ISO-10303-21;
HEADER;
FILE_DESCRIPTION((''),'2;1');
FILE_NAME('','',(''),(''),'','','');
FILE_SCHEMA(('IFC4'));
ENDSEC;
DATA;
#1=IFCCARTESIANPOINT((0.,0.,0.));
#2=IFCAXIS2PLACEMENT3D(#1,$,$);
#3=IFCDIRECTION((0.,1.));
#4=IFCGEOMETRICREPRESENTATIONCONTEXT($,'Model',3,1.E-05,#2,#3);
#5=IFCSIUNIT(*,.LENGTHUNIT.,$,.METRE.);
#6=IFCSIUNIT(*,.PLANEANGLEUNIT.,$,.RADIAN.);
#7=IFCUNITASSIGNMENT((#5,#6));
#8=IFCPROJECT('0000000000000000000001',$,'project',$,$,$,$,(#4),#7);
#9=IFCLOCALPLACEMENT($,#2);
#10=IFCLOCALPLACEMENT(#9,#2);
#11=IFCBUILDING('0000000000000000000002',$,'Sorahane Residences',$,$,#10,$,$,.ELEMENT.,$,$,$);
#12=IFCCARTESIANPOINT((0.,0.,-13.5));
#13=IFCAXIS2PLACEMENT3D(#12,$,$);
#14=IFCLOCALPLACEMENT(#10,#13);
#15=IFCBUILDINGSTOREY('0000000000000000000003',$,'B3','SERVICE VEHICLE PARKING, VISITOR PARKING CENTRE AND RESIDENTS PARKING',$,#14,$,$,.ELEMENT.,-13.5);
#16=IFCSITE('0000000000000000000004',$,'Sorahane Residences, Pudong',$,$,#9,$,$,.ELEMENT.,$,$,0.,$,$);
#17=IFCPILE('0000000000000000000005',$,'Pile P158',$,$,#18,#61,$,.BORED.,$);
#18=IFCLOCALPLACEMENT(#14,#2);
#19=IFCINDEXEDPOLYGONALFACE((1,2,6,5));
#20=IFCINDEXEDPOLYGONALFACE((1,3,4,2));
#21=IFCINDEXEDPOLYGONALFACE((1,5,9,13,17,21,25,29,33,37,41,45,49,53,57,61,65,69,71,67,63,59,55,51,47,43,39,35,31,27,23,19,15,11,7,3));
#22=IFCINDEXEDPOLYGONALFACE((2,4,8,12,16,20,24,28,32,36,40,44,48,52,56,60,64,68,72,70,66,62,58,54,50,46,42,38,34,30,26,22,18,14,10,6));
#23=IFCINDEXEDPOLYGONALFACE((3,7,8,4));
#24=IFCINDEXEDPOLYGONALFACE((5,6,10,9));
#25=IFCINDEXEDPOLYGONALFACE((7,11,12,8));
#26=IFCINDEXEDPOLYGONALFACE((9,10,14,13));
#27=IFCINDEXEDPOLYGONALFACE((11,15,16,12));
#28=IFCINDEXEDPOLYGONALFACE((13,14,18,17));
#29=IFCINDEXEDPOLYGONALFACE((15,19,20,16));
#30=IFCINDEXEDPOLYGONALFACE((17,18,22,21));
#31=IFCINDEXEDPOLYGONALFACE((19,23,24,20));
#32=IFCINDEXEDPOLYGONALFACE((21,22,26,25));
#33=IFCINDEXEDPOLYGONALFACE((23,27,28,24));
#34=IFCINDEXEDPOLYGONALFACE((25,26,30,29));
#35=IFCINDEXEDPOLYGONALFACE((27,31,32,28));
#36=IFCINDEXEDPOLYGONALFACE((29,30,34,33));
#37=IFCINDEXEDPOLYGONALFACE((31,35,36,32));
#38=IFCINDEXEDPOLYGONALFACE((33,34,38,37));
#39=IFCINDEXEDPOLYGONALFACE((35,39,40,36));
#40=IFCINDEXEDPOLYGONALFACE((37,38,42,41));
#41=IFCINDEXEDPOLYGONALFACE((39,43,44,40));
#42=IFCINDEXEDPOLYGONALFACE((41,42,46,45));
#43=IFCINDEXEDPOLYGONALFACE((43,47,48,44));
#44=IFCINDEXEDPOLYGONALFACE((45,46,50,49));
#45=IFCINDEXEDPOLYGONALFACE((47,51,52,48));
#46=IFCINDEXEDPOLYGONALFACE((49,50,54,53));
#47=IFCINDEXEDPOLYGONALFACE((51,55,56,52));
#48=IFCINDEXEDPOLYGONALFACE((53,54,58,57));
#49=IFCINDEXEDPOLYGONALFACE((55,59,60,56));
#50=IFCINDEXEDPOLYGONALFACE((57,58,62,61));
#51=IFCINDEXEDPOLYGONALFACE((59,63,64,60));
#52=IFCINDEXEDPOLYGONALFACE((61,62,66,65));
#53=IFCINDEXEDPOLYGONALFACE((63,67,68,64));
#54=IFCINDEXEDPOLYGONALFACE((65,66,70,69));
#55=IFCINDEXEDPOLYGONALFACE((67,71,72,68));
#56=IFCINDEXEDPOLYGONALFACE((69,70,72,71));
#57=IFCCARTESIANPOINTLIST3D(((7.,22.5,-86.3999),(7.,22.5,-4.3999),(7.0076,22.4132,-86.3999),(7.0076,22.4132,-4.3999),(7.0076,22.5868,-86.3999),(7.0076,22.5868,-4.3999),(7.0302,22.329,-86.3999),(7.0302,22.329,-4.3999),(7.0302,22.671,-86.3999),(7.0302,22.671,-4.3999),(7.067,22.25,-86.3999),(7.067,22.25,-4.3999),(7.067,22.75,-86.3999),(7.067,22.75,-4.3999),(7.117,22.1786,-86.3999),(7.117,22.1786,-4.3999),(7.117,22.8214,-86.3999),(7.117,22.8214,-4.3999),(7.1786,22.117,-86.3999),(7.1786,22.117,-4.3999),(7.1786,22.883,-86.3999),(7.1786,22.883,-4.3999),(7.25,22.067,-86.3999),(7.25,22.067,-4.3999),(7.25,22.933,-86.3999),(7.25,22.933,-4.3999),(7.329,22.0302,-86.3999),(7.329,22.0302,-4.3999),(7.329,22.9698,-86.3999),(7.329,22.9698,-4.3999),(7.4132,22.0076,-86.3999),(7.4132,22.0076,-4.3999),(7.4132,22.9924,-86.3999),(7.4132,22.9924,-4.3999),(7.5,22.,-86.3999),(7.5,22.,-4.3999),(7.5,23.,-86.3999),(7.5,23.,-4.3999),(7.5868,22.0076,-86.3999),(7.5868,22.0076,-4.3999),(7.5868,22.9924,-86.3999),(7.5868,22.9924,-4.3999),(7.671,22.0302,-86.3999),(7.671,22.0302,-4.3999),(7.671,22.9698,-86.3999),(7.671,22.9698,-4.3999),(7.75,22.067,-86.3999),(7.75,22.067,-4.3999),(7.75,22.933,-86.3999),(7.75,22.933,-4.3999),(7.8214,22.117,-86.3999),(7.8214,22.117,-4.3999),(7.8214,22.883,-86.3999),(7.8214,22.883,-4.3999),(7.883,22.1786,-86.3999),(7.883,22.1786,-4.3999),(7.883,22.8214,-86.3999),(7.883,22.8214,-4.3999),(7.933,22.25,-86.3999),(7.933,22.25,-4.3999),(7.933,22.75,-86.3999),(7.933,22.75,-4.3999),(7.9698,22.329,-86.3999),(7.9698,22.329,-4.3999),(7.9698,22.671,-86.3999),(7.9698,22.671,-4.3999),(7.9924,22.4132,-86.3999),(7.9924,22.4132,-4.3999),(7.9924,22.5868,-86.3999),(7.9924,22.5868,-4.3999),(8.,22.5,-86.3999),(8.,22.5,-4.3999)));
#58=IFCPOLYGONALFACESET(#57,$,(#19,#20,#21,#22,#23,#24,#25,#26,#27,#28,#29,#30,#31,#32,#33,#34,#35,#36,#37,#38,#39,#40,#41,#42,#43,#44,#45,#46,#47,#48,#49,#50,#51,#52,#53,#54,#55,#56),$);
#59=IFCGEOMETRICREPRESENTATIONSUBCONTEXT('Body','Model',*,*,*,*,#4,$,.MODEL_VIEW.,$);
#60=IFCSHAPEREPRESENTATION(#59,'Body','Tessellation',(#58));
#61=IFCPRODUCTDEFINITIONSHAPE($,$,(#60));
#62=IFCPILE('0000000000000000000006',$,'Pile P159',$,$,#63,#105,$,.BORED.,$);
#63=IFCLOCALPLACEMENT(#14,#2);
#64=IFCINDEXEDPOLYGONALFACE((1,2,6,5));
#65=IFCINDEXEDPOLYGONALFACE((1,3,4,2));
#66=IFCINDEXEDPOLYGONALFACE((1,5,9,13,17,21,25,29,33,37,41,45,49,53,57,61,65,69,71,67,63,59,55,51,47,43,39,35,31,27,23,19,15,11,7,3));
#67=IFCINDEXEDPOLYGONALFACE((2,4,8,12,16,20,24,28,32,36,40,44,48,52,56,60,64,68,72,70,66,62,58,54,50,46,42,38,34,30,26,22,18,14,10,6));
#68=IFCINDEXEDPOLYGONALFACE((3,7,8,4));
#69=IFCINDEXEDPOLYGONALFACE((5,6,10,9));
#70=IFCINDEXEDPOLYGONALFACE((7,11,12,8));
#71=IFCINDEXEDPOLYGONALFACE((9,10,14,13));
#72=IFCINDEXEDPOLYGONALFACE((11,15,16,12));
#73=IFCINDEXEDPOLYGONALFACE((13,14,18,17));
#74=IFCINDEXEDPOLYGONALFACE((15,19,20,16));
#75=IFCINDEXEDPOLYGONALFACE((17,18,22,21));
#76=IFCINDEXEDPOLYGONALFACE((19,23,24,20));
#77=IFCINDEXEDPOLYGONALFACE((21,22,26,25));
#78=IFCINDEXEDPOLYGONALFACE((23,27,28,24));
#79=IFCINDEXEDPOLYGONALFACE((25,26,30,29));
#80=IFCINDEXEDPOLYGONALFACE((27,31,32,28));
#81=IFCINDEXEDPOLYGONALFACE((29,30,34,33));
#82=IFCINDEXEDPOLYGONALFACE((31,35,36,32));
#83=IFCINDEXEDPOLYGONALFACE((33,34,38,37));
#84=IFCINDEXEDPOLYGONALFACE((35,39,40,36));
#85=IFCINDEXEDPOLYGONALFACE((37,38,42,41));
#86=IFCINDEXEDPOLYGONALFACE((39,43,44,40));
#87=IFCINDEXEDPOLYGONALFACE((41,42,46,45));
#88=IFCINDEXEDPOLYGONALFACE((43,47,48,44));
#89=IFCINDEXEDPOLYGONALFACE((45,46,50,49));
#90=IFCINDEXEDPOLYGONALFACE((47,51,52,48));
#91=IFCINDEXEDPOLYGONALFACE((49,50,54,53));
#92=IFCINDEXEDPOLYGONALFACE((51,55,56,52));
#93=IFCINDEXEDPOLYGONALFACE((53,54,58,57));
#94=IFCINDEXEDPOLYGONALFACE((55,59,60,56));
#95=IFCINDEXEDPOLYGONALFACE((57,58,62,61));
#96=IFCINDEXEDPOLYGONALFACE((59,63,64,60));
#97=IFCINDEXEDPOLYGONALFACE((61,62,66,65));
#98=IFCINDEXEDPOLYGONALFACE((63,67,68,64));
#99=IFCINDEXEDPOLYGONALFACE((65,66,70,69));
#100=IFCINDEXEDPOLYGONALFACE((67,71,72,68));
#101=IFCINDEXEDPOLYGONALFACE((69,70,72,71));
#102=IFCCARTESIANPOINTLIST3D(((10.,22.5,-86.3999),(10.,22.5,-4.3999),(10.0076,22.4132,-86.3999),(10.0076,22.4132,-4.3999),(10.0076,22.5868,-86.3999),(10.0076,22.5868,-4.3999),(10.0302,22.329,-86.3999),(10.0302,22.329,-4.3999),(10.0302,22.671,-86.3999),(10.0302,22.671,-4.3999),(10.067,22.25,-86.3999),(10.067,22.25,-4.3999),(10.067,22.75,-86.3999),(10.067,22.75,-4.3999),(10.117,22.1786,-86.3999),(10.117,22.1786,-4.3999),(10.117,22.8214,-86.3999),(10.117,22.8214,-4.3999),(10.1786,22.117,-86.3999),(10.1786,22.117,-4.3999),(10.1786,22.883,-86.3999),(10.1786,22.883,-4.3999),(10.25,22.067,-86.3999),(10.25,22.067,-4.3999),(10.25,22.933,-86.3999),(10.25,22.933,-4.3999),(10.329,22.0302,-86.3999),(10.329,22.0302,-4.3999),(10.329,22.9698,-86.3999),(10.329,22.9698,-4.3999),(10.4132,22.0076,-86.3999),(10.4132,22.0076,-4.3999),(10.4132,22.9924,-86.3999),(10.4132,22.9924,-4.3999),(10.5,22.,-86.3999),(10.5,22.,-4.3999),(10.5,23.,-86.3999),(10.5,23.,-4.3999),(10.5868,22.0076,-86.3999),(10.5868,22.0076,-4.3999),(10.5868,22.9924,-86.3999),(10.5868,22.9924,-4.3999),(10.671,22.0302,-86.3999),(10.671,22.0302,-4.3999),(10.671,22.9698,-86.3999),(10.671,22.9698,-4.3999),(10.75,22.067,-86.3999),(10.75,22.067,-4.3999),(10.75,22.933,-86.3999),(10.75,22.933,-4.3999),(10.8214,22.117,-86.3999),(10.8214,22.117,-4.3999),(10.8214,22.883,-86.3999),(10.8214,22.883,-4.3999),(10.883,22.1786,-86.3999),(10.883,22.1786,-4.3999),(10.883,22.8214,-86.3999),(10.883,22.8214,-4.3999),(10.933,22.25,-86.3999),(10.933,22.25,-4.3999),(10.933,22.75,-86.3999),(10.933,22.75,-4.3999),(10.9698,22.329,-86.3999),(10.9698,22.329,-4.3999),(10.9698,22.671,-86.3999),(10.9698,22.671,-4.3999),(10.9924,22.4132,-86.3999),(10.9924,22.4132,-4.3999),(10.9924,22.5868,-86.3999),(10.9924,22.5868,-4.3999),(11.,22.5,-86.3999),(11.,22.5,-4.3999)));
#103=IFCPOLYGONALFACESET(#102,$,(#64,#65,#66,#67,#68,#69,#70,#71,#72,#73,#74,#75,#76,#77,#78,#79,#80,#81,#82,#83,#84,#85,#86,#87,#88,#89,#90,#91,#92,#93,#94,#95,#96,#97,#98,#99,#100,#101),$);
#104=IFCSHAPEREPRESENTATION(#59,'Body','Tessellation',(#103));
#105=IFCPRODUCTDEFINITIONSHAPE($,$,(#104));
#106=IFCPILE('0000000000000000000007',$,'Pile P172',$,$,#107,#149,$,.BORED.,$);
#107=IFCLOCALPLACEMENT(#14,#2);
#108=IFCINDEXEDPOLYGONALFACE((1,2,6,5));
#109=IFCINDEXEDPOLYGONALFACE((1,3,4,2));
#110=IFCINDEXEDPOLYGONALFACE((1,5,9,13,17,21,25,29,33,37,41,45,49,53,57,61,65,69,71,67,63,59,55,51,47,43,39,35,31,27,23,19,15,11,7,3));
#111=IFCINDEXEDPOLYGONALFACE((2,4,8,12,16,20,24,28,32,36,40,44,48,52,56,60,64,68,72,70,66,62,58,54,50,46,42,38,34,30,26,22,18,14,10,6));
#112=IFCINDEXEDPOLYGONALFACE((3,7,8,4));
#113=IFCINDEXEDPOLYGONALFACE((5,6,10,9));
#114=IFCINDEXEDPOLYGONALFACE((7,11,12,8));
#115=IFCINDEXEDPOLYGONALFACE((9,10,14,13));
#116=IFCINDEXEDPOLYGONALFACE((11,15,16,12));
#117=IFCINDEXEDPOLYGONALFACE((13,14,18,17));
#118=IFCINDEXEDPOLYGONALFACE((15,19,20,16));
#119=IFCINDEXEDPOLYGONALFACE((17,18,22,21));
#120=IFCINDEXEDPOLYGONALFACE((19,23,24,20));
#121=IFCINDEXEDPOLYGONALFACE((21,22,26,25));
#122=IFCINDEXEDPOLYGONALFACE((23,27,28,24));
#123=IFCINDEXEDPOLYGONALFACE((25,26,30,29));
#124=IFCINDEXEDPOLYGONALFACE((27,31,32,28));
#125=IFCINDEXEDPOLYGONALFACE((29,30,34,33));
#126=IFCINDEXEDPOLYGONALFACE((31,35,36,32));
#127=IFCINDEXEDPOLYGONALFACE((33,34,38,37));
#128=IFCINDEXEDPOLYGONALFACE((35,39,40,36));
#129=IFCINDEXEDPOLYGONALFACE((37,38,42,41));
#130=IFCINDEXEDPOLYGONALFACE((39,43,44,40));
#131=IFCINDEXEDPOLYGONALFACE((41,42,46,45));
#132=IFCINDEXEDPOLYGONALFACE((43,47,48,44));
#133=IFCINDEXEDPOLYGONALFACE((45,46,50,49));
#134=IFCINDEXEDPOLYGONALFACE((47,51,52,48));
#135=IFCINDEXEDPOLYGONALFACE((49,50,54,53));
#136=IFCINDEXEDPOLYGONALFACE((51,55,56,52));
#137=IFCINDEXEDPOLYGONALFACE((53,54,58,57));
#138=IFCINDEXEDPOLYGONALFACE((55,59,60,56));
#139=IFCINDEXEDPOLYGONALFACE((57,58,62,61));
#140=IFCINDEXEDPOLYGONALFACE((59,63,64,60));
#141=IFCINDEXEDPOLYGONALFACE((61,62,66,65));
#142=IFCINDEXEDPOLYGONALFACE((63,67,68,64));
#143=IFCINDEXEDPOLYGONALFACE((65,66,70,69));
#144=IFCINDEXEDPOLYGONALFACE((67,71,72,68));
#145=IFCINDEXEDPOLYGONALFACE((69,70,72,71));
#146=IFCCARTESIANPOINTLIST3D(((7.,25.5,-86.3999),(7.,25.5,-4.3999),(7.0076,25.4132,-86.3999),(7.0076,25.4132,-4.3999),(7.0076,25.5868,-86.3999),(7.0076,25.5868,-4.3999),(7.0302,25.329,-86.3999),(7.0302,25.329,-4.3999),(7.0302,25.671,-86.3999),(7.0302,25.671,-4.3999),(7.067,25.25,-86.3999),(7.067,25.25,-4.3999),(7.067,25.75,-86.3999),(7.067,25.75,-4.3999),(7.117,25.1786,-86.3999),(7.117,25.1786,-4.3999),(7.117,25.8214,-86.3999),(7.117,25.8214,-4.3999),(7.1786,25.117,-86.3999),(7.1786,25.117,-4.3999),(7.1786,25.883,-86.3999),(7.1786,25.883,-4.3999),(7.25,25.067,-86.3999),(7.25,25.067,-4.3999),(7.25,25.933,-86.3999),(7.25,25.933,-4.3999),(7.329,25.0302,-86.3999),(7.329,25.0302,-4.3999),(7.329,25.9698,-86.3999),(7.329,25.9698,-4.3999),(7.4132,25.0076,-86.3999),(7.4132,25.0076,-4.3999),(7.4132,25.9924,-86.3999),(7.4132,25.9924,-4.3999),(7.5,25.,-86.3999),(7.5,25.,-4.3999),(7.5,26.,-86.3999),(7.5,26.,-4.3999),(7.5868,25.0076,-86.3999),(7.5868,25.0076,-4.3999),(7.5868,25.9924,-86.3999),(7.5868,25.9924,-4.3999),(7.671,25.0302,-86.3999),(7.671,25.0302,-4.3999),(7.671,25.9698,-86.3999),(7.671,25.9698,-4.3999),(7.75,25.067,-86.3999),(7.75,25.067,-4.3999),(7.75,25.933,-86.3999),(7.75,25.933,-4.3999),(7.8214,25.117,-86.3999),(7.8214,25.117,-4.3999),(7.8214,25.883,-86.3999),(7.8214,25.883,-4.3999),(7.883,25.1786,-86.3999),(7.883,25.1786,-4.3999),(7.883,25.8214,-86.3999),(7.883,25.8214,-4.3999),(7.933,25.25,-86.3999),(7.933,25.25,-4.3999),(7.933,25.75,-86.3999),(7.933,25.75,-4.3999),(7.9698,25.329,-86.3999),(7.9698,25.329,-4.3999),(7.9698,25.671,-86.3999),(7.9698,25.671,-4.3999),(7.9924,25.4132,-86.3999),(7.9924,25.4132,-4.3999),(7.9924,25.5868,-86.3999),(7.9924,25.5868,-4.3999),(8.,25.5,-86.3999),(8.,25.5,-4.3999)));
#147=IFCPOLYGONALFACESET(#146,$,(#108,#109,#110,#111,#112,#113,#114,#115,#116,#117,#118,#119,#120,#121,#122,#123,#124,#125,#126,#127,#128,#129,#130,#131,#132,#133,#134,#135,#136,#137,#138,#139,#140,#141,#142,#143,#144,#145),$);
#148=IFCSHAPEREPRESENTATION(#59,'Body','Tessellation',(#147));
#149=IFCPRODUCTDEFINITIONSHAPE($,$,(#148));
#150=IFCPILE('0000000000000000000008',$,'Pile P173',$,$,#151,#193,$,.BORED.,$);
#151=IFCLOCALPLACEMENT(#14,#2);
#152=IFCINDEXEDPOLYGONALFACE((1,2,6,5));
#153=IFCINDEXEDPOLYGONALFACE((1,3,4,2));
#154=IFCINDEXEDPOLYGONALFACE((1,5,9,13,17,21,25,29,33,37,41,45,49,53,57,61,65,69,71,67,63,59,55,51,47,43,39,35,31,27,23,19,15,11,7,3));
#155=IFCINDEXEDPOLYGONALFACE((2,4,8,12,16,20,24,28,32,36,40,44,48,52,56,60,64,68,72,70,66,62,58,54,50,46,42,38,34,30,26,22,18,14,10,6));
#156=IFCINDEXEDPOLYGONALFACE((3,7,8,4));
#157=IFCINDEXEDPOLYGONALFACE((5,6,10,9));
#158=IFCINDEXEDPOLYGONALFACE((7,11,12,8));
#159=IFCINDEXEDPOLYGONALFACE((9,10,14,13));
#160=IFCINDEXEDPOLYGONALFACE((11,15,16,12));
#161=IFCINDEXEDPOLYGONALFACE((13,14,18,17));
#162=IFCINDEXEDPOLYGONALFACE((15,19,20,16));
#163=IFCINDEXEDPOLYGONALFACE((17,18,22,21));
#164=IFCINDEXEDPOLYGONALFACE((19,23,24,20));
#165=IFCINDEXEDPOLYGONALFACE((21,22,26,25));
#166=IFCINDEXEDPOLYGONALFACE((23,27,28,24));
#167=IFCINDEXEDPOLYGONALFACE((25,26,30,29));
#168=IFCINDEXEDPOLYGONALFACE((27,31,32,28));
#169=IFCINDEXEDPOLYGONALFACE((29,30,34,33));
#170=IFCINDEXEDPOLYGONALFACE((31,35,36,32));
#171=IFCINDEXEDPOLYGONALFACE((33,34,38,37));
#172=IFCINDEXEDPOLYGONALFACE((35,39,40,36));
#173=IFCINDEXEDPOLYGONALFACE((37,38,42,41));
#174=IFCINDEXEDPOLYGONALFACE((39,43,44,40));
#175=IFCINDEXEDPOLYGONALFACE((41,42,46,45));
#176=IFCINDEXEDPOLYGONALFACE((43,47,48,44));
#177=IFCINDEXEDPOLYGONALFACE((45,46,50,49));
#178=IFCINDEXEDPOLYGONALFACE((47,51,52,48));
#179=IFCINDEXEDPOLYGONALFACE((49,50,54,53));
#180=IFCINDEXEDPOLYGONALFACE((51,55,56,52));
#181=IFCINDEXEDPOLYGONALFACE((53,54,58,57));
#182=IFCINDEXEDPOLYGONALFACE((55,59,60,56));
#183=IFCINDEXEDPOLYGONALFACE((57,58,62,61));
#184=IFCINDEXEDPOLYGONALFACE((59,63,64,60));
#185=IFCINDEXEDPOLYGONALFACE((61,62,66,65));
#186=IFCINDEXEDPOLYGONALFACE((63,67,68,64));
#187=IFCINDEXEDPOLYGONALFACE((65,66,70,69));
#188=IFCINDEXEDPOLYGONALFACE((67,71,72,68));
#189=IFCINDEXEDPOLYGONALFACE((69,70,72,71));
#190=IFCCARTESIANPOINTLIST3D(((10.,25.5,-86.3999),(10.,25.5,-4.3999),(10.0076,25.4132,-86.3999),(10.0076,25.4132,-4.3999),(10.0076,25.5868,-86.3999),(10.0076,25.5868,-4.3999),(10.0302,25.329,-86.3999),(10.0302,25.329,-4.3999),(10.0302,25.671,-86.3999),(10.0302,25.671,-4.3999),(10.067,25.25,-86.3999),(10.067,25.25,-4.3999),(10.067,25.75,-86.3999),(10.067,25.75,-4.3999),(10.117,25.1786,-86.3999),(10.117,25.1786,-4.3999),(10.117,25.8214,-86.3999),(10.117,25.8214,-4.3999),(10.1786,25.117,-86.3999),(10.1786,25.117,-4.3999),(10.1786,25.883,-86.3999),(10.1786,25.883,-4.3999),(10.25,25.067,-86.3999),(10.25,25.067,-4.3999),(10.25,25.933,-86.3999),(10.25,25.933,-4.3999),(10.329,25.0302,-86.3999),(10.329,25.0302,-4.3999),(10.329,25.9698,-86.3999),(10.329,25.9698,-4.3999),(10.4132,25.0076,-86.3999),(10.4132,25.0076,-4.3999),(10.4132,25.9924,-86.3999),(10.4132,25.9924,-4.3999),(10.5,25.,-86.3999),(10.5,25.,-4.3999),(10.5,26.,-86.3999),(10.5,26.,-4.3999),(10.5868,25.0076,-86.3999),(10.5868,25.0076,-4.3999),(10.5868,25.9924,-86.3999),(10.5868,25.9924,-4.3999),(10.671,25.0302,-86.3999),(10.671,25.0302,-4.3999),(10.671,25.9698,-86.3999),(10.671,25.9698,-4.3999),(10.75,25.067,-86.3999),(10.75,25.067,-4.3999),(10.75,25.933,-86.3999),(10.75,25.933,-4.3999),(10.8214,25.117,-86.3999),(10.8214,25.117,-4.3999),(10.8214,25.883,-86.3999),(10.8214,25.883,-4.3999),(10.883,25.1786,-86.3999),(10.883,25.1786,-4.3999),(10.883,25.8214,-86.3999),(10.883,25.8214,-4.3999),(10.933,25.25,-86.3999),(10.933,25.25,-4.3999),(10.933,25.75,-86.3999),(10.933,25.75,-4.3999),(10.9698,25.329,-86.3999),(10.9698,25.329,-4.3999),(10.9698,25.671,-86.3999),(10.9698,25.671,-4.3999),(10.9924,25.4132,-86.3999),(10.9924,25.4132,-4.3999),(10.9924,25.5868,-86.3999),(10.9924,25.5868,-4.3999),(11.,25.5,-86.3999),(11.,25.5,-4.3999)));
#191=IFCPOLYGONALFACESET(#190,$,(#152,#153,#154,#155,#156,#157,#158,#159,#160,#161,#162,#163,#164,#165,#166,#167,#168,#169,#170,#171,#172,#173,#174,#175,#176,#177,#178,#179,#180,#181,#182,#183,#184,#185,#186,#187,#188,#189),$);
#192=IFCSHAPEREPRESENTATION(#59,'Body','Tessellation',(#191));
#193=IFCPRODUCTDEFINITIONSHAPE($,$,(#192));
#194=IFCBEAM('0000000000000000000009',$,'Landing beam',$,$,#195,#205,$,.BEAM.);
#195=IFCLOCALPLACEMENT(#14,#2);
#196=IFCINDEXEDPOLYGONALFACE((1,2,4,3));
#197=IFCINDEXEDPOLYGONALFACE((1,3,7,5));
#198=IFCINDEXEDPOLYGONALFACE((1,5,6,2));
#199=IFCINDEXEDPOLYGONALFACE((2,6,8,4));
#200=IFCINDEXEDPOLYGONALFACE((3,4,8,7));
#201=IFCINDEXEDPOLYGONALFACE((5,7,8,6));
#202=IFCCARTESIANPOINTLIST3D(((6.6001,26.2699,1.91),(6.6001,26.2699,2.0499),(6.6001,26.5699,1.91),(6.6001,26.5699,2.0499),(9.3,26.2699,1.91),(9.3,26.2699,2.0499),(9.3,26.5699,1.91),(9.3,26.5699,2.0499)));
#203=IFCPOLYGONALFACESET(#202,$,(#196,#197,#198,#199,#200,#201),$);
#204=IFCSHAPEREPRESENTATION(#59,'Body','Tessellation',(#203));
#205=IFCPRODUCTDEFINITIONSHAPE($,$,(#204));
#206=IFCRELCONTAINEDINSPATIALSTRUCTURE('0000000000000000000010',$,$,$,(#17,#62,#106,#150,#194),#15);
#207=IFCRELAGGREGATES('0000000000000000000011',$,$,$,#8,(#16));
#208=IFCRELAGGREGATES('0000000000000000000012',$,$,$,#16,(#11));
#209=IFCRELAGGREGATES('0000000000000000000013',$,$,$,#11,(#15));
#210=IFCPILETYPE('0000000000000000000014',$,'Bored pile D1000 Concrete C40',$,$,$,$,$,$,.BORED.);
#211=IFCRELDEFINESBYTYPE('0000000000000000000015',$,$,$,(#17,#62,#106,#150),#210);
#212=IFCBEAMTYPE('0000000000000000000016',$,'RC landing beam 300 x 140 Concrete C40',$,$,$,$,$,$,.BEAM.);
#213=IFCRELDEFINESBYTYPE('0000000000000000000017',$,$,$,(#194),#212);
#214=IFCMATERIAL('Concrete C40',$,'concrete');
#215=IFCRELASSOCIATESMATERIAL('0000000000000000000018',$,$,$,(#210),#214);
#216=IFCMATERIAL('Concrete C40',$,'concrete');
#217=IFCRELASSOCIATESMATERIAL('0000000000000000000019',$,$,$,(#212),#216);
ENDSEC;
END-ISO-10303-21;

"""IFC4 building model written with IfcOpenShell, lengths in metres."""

from ifc_helpers import new_model, si_unit, direction, frame, origin, origin_2d, place, context, subcontext, project, spatial, rectangle, circle, extrude, material, material_profile, profile_set, type_object, element, save


model = new_model("IFC4")

# Units and contexts
model_context = context("Model", 3, precision=1e-05, world=origin(), true_north=direction((0.0, 1.0)))
body_context = subcontext(model_context, "Body", "Model", "MODEL_VIEW")
ifc_project = project(units=[si_unit("LENGTHUNIT", "METRE"), si_unit("PLANEANGLEUNIT", "RADIAN")], contexts=[model_context])

# Site, building, storey
site_placement = place(None, origin())
site = spatial("IfcSite", under=ifc_project, at=site_placement, Name="Sorahane Residences, Pudong", CompositionType="ELEMENT", RefElevation=0.0)
building_placement = place(site_placement, origin())
building = spatial("IfcBuilding", under=site, at=building_placement, Name="Sorahane Residences", CompositionType="ELEMENT")
storey_placement = place(building_placement, frame((0.0, 0.0, -13.5)))
storey = spatial("IfcBuildingStorey", under=building, at=storey_placement, Name="B3", Description="SERVICE VEHICLE PARKING, VISITOR PARKING CENTRE AND RESIDENTS PARKING", CompositionType="ELEMENT", Elevation=-13.5)

# Piles
ifc_material_1 = material(Name="Concrete C40", Category="concrete")
ifc_material_profile_1 = material_profile(ifc_material_1, circle(Radius=0.5, at=origin_2d()), Name="D1000")
ifc_profile_set_1 = profile_set([ifc_material_profile_1], Name="Concrete C40")
pile_type = type_object("IfcPileType", Name="Bored pile D1000 Concrete C40", PredefinedType="BORED", material=ifc_profile_set_1)
for number, where, z_axis, x_axis, name in (
    (1, (7.5, 22.5, -4.3999), (0.0, 0.0, -1.0), (1.0, 0.0, 0.0), "Pile P158"),
    (2, (10.5, 22.5, -4.3999), (0.0, 0.0, -1.0), (1.0, 0.0, 0.0), "Pile P159"),
    (3, (7.5, 25.5, -4.3999), (0.0, 0.0, -1.0), (1.0, 0.0, 0.0), "Pile P172"),
    (4, (10.5, 25.5, -4.3999), (0.0, 0.0, -1.0), (1.0, 0.0, 0.0), "Pile P173"),
):
    element("IfcPile", number, at=place(storey_placement, frame(where, z_axis=z_axis, x_axis=x_axis)), inside=storey, type_object=pile_type, Name=name, PredefinedType="BORED", context=body_context, shape_type="SweptSolid", body=[
        extrude(circle(Radius=0.5, at=origin_2d()), origin(), (0.0, 0.0, 1.0), 82.0),
    ])

# Beam
ifc_material_2 = material(Name="Concrete C40", Category="concrete")
ifc_material_profile_2 = material_profile(ifc_material_2, rectangle(XDim=0.3, YDim=0.1399, at=origin_2d()), Name="300x140")
ifc_profile_set_2 = profile_set([ifc_material_profile_2], Name="Concrete C40")
beam_type = type_object("IfcBeamType", Name="RC landing beam 300 x 140 Concrete C40", PredefinedType="BEAM", material=ifc_profile_set_2)
for number, where, z_axis, x_axis, name in (
    (5, (6.6001, 26.4199, 1.98), (1.0, 0.0, 0.0), (0.0, 1.0, 0.0), "Landing beam"),
):
    element("IfcBeam", number, at=place(storey_placement, frame(where, z_axis=z_axis, x_axis=x_axis)), inside=storey, type_object=beam_type, Name=name, PredefinedType="BEAM", context=body_context, shape_type="SweptSolid", body=[
        extrude(rectangle(XDim=0.3, YDim=0.1399, at=origin_2d()), origin(), (0.0, 0.0, 1.0), 2.7),
    ])

save(model, "model.ifc")
